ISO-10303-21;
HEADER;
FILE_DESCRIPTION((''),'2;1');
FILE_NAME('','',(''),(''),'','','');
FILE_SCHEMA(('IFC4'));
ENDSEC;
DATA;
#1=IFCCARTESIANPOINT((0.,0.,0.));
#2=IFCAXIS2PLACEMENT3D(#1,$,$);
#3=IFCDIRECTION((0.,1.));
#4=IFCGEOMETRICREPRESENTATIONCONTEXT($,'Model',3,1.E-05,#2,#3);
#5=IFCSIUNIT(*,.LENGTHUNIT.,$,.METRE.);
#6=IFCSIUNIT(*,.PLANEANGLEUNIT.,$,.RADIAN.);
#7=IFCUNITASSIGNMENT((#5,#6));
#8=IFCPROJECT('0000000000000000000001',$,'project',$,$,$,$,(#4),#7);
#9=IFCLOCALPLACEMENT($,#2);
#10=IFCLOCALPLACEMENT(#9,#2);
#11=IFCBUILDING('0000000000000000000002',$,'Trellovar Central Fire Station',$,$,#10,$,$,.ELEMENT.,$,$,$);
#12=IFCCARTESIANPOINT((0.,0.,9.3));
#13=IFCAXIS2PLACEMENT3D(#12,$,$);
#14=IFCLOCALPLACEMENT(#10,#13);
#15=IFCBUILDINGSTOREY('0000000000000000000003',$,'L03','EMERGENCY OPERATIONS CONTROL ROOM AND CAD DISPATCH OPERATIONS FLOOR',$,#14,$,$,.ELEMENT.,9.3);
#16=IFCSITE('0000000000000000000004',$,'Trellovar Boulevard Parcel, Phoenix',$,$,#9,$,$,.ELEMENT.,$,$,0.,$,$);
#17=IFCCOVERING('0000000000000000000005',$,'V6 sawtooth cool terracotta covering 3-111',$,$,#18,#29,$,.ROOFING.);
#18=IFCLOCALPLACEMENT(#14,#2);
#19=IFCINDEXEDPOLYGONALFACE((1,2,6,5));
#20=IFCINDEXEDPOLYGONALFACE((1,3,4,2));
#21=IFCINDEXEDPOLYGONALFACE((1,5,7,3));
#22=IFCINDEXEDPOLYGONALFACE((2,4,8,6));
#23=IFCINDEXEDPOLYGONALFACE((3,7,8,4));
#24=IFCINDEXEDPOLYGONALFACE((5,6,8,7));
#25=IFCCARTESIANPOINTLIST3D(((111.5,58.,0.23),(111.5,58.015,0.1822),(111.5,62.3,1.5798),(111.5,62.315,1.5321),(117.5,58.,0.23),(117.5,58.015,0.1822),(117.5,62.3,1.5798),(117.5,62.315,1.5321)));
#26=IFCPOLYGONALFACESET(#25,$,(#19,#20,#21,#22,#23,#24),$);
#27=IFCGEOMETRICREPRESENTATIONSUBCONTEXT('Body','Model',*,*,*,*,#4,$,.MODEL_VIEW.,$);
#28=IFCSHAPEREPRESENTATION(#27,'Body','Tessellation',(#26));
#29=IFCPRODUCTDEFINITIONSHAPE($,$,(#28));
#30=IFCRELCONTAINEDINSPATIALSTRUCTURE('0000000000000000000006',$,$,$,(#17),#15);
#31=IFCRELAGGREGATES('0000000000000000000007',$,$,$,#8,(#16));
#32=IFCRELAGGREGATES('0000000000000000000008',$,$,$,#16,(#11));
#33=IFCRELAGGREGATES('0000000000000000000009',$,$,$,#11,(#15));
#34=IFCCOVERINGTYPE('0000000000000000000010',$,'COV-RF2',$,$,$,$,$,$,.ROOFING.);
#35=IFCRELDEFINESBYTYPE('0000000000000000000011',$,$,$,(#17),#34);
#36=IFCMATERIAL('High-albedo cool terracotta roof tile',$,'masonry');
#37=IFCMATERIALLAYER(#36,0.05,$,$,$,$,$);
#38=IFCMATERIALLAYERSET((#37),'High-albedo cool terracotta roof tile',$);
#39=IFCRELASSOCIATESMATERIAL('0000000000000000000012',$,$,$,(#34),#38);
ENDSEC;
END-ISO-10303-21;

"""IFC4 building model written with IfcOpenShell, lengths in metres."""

from ifc_helpers import new_model, si_unit, direction, frame, origin, place, context, subcontext, project, spatial, polyline, outline, extrude, material, layer, layer_set, type_object, element, save


model = new_model("IFC4")

# Units and contexts
model_context = context("Model", 3, precision=1e-05, world=origin(), true_north=direction((0.0, 1.0)))
body_context = subcontext(model_context, "Body", "Model", "MODEL_VIEW")
ifc_project = project(units=[si_unit("LENGTHUNIT", "METRE"), si_unit("PLANEANGLEUNIT", "RADIAN")], contexts=[model_context])

# Site, building, storey
site_placement = place(None, origin())
site = spatial("IfcSite", under=ifc_project, at=site_placement, Name="Trellovar Boulevard Parcel, Phoenix", CompositionType="ELEMENT", RefElevation=0.0)
building_placement = place(site_placement, origin())
building = spatial("IfcBuilding", under=site, at=building_placement, Name="Trellovar Central Fire Station", CompositionType="ELEMENT")
storey_placement = place(building_placement, frame((0.0, 0.0, 9.3)))
storey = spatial("IfcBuildingStorey", under=building, at=storey_placement, Name="L03", Description="EMERGENCY OPERATIONS CONTROL ROOM AND CAD DISPATCH OPERATIONS FLOOR", CompositionType="ELEMENT", Elevation=9.3)

# Covering
ifc_material_1 = material(Name="High-albedo cool terracotta roof tile", Category="masonry")
ifc_layer_1 = layer(ifc_material_1, 0.05)
ifc_layer_set_1 = layer_set([ifc_layer_1], Name="High-albedo cool terracotta roof tile")
covering_type = type_object("IfcCoveringType", Name="COV-RF2", PredefinedType="ROOFING", material=ifc_layer_set_1)
for number, where, z_axis, x_axis, name in (
    (1, (111.5, 58.0, 0.23), (0.0, -0.299505, 0.954095), (1.0, 0.0, 0.0), "V6 sawtooth cool terracotta covering 3-111"),
):
    element("IfcCovering", number, at=place(storey_placement, frame(where, z_axis=z_axis, x_axis=x_axis)), inside=storey, type_object=covering_type, Name=name, PredefinedType="ROOFING", context=body_context, shape_type="SweptSolid", body=[
        extrude(outline(polyline([(0.0, 0.0), (6.0, 0.0), (6.0, 4.5069), (0.0, 4.5069), (0.0, 0.0)])), origin(), (0.0, 0.0, -1.0), 0.05),
    ])

save(model, "model.ifc")
